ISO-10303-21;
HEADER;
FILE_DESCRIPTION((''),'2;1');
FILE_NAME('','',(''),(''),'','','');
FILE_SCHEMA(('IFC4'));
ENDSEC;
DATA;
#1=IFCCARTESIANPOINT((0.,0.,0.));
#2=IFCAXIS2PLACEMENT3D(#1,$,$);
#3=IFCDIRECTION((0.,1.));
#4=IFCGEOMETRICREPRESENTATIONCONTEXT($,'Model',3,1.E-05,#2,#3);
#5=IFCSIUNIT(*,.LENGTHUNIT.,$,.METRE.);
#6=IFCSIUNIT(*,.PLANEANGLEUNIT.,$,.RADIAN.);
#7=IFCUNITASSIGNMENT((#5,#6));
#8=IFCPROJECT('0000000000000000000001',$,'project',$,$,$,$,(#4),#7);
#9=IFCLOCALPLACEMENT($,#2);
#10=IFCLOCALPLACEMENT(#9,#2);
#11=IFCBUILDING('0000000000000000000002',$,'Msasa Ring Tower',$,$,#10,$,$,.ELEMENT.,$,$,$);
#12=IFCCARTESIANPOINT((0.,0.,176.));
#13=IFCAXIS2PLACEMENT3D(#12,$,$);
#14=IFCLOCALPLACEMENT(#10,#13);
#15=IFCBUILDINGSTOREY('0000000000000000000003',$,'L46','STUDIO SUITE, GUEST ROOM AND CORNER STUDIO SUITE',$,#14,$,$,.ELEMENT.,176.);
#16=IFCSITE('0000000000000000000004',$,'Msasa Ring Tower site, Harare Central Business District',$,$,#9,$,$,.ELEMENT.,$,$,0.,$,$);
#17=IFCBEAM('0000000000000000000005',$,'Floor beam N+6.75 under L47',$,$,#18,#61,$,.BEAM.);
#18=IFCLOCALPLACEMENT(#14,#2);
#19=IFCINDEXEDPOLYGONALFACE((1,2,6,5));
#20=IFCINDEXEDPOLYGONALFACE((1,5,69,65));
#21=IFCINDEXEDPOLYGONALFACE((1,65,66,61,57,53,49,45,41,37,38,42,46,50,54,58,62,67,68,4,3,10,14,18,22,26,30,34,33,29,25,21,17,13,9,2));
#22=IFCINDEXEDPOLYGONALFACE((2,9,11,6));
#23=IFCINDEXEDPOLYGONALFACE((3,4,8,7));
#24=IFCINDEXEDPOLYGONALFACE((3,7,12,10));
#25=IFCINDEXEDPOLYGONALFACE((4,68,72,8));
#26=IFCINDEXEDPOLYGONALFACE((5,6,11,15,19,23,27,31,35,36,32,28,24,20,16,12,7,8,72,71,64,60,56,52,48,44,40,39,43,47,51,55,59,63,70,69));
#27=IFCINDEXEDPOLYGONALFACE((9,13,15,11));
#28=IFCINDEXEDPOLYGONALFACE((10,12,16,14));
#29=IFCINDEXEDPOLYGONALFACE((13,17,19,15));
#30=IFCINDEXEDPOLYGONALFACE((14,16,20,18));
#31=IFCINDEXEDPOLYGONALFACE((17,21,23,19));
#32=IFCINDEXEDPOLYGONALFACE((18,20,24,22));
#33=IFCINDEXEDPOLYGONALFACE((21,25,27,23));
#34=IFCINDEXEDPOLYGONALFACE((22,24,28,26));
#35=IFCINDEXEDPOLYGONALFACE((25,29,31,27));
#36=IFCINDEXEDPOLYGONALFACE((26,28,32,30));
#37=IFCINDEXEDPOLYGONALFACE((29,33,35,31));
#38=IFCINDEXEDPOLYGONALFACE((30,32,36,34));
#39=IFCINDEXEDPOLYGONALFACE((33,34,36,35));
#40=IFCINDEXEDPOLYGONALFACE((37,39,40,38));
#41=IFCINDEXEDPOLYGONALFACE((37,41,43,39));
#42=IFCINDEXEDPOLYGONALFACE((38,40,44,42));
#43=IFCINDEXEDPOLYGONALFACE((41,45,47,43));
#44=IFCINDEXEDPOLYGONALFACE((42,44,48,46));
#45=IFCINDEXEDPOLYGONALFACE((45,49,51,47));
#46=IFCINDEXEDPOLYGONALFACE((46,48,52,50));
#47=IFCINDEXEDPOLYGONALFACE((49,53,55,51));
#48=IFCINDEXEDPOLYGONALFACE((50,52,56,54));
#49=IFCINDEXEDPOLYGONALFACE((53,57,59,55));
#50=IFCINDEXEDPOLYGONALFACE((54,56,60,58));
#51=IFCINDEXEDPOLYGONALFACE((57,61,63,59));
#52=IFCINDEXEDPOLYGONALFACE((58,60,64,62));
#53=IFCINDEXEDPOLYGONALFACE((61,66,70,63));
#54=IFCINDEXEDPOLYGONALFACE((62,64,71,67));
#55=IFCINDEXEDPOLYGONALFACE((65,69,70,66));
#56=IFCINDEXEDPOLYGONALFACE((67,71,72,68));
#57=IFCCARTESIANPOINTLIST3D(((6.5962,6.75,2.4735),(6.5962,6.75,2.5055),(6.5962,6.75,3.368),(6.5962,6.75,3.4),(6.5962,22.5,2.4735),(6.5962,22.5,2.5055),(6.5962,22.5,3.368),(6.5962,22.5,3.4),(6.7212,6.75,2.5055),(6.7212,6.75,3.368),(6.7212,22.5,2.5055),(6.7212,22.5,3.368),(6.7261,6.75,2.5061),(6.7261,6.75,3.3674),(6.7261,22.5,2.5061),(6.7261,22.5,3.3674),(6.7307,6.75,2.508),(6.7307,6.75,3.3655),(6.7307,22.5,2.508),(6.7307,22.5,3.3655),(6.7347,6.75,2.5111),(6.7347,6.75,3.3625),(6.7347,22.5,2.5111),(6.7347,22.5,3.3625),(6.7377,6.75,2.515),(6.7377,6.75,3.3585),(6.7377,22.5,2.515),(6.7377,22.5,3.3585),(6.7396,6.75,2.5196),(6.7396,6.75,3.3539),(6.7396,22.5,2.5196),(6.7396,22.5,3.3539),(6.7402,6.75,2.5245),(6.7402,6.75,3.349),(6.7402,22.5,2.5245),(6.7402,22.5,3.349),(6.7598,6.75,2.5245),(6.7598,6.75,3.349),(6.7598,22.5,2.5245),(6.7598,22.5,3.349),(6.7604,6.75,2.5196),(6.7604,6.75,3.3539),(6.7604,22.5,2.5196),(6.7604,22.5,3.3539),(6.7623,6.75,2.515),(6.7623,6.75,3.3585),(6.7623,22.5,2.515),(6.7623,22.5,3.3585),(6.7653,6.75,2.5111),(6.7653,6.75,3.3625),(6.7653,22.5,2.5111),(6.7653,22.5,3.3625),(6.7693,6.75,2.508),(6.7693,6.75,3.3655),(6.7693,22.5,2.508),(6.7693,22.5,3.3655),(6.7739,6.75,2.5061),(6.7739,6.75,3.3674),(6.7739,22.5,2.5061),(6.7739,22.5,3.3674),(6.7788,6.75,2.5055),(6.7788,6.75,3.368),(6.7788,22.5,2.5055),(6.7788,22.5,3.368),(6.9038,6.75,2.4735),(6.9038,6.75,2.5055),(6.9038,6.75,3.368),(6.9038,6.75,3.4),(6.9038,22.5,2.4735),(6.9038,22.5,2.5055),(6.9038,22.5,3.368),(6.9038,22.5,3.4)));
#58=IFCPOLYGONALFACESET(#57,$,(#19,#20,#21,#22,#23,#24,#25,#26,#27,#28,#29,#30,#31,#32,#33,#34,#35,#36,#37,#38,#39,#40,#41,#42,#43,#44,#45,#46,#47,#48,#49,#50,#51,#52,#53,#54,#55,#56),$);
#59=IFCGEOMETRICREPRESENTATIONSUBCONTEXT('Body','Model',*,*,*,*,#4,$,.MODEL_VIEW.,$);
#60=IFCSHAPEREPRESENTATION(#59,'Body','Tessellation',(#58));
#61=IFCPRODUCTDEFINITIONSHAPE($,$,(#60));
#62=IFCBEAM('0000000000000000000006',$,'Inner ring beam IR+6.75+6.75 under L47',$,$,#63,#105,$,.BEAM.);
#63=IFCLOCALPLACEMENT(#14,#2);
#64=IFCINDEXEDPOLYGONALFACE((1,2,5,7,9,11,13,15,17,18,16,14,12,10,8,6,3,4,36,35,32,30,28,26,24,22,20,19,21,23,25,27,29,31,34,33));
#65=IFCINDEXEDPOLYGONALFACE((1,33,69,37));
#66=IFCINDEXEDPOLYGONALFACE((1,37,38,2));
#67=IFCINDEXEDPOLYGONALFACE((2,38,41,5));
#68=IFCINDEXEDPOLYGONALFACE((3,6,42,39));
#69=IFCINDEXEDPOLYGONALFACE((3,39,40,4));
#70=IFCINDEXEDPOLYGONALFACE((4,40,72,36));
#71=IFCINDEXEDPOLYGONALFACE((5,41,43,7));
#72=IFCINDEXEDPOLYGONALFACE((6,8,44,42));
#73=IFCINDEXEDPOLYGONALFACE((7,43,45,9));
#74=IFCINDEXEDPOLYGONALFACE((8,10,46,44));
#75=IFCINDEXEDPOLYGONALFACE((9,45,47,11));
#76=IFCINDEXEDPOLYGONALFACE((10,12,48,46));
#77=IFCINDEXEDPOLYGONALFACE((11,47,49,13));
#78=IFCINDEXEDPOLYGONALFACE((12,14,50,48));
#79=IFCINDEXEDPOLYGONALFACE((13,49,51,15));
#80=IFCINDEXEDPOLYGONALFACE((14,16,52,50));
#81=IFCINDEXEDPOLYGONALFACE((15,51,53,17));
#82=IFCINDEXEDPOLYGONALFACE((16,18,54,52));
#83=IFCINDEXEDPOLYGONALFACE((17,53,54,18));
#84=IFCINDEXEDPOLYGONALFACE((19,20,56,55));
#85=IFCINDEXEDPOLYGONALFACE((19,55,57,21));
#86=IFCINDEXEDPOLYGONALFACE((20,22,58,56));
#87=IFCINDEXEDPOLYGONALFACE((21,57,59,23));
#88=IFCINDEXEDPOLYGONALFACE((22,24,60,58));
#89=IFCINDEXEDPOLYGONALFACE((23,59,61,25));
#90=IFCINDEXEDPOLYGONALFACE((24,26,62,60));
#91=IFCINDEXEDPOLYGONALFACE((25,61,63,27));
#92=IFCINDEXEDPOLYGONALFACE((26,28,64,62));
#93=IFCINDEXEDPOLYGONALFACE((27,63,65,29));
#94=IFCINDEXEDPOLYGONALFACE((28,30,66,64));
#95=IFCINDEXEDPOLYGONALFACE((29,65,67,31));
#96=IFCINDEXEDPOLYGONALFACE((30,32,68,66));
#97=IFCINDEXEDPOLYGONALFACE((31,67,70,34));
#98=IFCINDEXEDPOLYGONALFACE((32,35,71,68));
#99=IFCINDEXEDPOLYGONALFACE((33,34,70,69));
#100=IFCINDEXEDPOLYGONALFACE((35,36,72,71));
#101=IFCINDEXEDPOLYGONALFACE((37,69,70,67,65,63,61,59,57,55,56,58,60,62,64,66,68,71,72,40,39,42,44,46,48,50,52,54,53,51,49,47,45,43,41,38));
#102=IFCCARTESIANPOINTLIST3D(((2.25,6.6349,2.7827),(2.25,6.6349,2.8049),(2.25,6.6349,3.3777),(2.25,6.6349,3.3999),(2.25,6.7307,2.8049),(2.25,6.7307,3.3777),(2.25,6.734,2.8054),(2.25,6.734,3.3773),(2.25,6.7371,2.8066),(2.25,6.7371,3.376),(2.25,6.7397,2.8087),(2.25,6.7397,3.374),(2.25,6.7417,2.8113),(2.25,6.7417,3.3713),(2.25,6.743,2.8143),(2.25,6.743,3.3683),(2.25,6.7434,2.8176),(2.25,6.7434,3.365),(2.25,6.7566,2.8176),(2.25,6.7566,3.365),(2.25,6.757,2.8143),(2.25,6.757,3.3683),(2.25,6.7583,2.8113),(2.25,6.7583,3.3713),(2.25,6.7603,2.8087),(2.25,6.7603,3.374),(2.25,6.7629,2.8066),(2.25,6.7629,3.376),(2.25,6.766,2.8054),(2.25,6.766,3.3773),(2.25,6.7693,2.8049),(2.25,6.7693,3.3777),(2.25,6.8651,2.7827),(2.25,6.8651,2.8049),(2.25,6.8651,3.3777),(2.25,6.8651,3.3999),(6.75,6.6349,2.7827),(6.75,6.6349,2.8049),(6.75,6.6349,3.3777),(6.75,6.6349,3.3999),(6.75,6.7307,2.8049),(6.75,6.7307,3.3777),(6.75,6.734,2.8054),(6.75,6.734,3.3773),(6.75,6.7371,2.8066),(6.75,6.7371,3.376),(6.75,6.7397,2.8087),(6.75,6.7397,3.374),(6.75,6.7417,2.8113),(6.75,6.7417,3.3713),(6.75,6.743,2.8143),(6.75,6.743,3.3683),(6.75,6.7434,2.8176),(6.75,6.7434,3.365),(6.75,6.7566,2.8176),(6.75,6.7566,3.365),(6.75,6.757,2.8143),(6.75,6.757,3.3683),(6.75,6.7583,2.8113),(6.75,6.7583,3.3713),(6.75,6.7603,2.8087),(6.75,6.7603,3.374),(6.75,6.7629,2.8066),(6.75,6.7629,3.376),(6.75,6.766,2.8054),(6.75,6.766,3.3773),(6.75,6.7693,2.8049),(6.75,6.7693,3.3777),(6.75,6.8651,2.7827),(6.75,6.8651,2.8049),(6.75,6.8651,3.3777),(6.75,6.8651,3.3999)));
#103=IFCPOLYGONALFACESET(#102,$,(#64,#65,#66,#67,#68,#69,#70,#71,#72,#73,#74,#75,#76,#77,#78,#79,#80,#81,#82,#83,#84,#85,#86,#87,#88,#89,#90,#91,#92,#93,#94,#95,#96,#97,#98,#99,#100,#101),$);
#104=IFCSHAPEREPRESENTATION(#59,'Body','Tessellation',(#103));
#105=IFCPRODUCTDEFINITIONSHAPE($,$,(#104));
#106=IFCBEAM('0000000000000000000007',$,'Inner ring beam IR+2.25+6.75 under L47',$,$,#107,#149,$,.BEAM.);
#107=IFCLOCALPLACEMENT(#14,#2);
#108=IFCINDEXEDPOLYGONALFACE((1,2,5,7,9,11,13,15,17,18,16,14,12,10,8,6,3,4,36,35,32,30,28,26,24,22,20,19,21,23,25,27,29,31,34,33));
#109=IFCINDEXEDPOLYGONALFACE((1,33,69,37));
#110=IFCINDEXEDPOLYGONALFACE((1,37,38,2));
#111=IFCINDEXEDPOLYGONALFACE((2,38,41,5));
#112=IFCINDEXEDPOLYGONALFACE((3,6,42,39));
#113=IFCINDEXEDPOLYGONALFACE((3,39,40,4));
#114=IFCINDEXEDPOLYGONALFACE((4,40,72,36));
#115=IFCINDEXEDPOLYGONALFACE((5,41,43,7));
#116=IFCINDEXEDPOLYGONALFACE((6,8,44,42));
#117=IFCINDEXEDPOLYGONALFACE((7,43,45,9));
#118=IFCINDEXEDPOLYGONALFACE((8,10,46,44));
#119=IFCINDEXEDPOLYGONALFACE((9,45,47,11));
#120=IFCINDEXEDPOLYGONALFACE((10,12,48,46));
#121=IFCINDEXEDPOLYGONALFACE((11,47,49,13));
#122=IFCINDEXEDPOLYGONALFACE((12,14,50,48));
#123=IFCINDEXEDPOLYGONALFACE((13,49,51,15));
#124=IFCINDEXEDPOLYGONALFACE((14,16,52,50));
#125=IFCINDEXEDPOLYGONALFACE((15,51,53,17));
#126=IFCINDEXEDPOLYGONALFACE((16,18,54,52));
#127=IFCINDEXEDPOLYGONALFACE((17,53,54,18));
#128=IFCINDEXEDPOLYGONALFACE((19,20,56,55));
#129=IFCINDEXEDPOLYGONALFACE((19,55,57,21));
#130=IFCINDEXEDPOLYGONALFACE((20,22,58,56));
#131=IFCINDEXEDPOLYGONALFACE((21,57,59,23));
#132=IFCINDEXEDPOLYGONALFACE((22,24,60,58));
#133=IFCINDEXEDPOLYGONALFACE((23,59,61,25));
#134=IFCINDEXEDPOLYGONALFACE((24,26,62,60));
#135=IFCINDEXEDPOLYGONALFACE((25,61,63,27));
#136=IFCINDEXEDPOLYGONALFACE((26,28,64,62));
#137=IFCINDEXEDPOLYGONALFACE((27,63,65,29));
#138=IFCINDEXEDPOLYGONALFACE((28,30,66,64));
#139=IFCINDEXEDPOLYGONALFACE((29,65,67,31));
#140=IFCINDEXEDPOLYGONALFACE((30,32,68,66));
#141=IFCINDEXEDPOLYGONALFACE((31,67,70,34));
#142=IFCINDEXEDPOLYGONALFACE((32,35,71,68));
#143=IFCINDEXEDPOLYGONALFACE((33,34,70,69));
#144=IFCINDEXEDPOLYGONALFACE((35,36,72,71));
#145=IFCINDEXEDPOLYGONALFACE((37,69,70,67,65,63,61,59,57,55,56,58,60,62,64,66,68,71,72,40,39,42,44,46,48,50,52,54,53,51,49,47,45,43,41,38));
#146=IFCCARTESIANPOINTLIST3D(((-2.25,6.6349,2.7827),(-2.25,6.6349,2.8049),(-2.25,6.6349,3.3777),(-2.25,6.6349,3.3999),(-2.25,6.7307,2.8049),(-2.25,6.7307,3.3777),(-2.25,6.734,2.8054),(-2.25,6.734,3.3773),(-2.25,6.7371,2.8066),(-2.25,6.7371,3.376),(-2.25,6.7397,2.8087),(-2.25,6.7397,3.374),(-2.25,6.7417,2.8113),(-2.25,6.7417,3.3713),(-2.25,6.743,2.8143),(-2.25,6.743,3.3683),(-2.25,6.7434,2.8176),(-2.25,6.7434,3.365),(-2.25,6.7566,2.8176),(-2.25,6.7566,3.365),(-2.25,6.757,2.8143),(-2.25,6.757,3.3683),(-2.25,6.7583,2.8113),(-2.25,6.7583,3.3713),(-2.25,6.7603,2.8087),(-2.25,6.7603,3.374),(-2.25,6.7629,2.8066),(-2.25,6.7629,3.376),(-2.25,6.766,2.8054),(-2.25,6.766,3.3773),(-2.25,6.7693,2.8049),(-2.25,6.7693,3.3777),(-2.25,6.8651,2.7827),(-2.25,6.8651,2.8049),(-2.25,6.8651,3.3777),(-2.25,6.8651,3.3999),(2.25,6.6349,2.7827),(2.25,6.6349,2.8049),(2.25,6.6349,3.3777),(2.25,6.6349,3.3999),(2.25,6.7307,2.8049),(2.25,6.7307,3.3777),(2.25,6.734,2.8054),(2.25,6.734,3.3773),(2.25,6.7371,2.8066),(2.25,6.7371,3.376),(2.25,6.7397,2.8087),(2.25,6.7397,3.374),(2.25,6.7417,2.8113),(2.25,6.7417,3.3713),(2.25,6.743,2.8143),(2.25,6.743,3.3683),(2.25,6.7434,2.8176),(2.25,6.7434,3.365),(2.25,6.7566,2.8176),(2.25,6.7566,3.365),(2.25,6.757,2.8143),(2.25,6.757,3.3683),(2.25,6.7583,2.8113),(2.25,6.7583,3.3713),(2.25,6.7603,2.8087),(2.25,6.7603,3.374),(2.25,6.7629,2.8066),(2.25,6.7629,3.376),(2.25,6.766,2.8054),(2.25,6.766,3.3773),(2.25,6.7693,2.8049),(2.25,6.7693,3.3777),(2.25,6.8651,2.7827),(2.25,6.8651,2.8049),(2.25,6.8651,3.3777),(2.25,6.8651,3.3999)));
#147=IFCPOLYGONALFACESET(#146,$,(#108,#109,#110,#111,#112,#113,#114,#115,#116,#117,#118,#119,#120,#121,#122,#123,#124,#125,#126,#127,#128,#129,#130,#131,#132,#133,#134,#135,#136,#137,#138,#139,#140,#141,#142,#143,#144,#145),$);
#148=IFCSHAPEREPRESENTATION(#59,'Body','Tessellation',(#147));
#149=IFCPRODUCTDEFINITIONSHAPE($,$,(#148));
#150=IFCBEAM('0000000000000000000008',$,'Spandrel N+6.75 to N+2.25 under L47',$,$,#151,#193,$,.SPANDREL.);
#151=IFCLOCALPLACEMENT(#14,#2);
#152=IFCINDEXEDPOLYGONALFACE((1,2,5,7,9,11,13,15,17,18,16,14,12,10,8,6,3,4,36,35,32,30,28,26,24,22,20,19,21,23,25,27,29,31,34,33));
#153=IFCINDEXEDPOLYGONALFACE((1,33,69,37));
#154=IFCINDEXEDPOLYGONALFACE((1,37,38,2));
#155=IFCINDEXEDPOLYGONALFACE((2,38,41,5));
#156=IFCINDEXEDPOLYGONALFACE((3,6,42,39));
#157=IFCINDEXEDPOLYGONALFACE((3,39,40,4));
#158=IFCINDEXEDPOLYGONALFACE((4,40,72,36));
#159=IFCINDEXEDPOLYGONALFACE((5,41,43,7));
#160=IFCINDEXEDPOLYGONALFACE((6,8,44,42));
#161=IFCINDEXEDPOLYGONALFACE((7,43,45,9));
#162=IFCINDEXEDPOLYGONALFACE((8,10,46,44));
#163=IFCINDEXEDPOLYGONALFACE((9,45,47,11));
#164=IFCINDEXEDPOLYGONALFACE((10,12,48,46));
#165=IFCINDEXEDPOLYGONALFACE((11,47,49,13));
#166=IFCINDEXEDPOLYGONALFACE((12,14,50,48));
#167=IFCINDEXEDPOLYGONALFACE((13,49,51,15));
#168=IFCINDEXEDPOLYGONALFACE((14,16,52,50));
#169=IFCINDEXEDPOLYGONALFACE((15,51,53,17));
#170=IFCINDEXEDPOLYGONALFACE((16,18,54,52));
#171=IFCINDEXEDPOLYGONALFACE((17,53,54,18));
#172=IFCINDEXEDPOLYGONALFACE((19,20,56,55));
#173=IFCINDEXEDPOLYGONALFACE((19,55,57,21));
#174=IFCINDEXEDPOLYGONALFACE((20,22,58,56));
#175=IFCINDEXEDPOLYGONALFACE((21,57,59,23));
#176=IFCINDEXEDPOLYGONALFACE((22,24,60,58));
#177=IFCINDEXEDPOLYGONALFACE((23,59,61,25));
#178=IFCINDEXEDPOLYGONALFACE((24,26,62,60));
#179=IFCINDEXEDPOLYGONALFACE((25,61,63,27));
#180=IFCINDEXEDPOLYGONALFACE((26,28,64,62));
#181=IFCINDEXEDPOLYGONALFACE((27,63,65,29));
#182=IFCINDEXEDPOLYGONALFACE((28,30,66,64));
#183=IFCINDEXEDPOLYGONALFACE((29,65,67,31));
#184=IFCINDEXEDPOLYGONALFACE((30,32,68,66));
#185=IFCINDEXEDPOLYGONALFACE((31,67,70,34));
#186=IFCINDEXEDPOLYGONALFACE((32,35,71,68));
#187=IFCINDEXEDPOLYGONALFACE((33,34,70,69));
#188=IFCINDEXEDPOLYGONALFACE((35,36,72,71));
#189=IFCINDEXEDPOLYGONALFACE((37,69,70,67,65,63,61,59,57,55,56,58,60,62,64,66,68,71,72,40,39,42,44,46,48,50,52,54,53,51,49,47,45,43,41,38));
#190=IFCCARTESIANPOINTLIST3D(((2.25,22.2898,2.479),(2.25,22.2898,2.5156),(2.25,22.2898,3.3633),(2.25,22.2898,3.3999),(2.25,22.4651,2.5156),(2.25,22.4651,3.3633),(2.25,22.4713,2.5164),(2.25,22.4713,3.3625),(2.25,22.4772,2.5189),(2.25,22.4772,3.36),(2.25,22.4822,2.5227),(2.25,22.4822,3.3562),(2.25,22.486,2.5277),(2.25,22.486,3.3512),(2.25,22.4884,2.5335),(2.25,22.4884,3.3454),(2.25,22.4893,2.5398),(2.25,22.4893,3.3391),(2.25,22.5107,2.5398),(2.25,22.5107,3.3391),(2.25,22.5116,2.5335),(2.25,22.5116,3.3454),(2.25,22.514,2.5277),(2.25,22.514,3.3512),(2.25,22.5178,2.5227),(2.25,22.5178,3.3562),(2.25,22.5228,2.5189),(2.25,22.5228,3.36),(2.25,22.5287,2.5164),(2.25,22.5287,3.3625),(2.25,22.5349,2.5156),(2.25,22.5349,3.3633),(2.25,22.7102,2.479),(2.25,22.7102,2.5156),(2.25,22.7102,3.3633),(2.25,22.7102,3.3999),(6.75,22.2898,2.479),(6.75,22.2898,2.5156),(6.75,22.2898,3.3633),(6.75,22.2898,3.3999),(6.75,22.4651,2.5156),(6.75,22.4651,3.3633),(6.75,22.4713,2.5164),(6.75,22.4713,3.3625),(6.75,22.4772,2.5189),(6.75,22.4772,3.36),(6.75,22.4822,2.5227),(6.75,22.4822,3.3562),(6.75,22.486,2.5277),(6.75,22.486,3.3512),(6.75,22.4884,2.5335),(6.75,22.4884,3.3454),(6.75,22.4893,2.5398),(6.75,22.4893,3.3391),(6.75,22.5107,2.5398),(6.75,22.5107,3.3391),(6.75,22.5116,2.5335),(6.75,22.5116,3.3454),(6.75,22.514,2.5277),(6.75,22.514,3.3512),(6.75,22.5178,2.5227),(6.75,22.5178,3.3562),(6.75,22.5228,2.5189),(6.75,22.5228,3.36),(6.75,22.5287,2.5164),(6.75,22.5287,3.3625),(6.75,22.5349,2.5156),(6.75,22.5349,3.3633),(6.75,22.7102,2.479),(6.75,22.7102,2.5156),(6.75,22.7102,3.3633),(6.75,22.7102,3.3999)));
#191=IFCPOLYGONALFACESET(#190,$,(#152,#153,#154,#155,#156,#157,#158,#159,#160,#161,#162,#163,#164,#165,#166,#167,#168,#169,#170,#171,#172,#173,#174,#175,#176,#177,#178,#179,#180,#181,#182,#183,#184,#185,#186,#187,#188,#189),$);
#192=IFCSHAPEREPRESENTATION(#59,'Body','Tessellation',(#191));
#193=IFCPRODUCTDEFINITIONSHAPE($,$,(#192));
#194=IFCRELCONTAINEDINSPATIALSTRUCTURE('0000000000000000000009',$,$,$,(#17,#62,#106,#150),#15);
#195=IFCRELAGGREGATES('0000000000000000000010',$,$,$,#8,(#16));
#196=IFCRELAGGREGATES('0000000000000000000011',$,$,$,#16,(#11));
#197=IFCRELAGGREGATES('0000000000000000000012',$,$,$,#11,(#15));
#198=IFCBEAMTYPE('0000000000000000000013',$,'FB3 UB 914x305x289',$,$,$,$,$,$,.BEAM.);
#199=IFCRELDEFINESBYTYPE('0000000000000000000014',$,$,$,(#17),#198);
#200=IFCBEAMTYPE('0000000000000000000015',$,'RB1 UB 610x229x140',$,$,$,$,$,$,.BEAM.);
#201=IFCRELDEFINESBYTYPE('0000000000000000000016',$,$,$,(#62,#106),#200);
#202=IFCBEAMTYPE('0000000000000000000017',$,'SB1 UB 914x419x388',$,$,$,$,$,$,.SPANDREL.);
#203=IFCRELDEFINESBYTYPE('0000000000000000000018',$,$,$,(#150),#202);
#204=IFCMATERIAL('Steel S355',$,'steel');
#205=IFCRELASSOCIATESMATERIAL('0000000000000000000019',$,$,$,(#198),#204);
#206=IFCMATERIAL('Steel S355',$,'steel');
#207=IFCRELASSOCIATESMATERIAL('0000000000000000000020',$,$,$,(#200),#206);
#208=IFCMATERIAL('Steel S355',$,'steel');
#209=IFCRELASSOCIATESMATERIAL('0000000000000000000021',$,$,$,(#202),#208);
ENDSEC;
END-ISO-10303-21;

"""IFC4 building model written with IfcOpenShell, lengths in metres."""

from ifc_helpers import new_model, si_unit, direction, frame, origin, origin_2d, place, context, subcontext, project, spatial, i_section, extrude, material, material_profile, profile_set, type_object, element, save


model = new_model("IFC4")

# Units and contexts
model_context = context("Model", 3, precision=1e-05, world=origin(), true_north=direction((0.0, 1.0)))
body_context = subcontext(model_context, "Body", "Model", "MODEL_VIEW")
ifc_project = project(units=[si_unit("LENGTHUNIT", "METRE"), si_unit("PLANEANGLEUNIT", "RADIAN")], contexts=[model_context])

# Site, building, storey
site_placement = place(None, origin())
site = spatial("IfcSite", under=ifc_project, at=site_placement, Name="Msasa Ring Tower site, Harare Central Business District", CompositionType="ELEMENT", RefElevation=0.0)
building_placement = place(site_placement, origin())
building = spatial("IfcBuilding", under=site, at=building_placement, Name="Msasa Ring Tower", CompositionType="ELEMENT")
storey_placement = place(building_placement, frame((0.0, 0.0, 176.0)))
storey = spatial("IfcBuildingStorey", under=building, at=storey_placement, Name="L46", Description="STUDIO SUITE, GUEST ROOM AND CORNER STUDIO SUITE", CompositionType="ELEMENT", Elevation=176.0)

# Beams
ifc_material_1 = material(Name="Steel S355", Category="steel")
ifc_material_profile_1 = material_profile(ifc_material_1, i_section(OverallWidth=0.3076, OverallDepth=0.9265, WebThickness=0.0195, FlangeThickness=0.032, FilletRadius=0.019, at=origin_2d()), Name="UB 914x305x289")
ifc_profile_set_1 = profile_set([ifc_material_profile_1], Name="Steel S355")
beam_type_1 = type_object("IfcBeamType", Name="FB3 UB 914x305x289", PredefinedType="BEAM", material=ifc_profile_set_1)
for number, where, z_axis, x_axis, name in (
    (1, (6.75, 22.5, 2.9368), (0.0, -1.0, 0.0), (1.0, 0.0, 0.0), "Floor beam N+6.75 under L47"),
):
    element("IfcBeam", number, at=place(storey_placement, frame(where, z_axis=z_axis, x_axis=x_axis)), inside=storey, type_object=beam_type_1, Name=name, PredefinedType="BEAM", context=body_context, shape_type="SweptSolid", body=[
        extrude(i_section(OverallWidth=0.3076, OverallDepth=0.9265, WebThickness=0.0195, FlangeThickness=0.032, FilletRadius=0.019, at=origin_2d()), origin(), (0.0, 0.0, 1.0), 15.75),
    ])
ifc_material_2 = material(Name="Steel S355", Category="steel")
ifc_material_profile_2 = material_profile(ifc_material_2, i_section(OverallWidth=0.2302, OverallDepth=0.6172, WebThickness=0.0132, FlangeThickness=0.0222, FilletRadius=0.0127, at=origin_2d()), Name="UB 610x229x140")
ifc_profile_set_2 = profile_set([ifc_material_profile_2], Name="Steel S355")
beam_type_2 = type_object("IfcBeamType", Name="RB1 UB 610x229x140", PredefinedType="BEAM", material=ifc_profile_set_2)
for number, where, z_axis, x_axis, name in (
    (2, (6.75, 6.75, 3.0913), (-1.0, 0.0, 0.0), (0.0, -1.0, 0.0), "Inner ring beam IR+6.75+6.75 under L47"),
    (3, (2.25, 6.75, 3.0913), (-1.0, 0.0, 0.0), (0.0, -1.0, 0.0), "Inner ring beam IR+2.25+6.75 under L47"),
):
    element("IfcBeam", number, at=place(storey_placement, frame(where, z_axis=z_axis, x_axis=x_axis)), inside=storey, type_object=beam_type_2, Name=name, PredefinedType="BEAM", context=body_context, shape_type="SweptSolid", body=[
        extrude(i_section(OverallWidth=0.2302, OverallDepth=0.6172, WebThickness=0.0132, FlangeThickness=0.0222, FilletRadius=0.0127, at=origin_2d()), origin(), (0.0, 0.0, 1.0), 4.5),
    ])
ifc_material_3 = material(Name="Steel S355", Category="steel")
ifc_material_profile_3 = material_profile(ifc_material_3, i_section(OverallWidth=0.4204, OverallDepth=0.9209, WebThickness=0.0215, FlangeThickness=0.0366, FilletRadius=0.0242, at=origin_2d()), Name="UB 914x419x388")
ifc_profile_set_3 = profile_set([ifc_material_profile_3], Name="Steel S355")
beam_type_3 = type_object("IfcBeamType", Name="SB1 UB 914x419x388", PredefinedType="SPANDREL", material=ifc_profile_set_3)
for number, where, z_axis, x_axis, name in (
    (4, (6.75, 22.5, 2.9395), (-1.0, 0.0, 0.0), (0.0, -1.0, 0.0), "Spandrel N+6.75 to N+2.25 under L47"),
):
    element("IfcBeam", number, at=place(storey_placement, frame(where, z_axis=z_axis, x_axis=x_axis)), inside=storey, type_object=beam_type_3, Name=name, PredefinedType="SPANDREL", context=body_context, shape_type="SweptSolid", body=[
        extrude(i_section(OverallWidth=0.4204, OverallDepth=0.9209, WebThickness=0.0215, FlangeThickness=0.0366, FilletRadius=0.0242, at=origin_2d()), origin(), (0.0, 0.0, 1.0), 4.5),
    ])

save(model, "model.ifc")
